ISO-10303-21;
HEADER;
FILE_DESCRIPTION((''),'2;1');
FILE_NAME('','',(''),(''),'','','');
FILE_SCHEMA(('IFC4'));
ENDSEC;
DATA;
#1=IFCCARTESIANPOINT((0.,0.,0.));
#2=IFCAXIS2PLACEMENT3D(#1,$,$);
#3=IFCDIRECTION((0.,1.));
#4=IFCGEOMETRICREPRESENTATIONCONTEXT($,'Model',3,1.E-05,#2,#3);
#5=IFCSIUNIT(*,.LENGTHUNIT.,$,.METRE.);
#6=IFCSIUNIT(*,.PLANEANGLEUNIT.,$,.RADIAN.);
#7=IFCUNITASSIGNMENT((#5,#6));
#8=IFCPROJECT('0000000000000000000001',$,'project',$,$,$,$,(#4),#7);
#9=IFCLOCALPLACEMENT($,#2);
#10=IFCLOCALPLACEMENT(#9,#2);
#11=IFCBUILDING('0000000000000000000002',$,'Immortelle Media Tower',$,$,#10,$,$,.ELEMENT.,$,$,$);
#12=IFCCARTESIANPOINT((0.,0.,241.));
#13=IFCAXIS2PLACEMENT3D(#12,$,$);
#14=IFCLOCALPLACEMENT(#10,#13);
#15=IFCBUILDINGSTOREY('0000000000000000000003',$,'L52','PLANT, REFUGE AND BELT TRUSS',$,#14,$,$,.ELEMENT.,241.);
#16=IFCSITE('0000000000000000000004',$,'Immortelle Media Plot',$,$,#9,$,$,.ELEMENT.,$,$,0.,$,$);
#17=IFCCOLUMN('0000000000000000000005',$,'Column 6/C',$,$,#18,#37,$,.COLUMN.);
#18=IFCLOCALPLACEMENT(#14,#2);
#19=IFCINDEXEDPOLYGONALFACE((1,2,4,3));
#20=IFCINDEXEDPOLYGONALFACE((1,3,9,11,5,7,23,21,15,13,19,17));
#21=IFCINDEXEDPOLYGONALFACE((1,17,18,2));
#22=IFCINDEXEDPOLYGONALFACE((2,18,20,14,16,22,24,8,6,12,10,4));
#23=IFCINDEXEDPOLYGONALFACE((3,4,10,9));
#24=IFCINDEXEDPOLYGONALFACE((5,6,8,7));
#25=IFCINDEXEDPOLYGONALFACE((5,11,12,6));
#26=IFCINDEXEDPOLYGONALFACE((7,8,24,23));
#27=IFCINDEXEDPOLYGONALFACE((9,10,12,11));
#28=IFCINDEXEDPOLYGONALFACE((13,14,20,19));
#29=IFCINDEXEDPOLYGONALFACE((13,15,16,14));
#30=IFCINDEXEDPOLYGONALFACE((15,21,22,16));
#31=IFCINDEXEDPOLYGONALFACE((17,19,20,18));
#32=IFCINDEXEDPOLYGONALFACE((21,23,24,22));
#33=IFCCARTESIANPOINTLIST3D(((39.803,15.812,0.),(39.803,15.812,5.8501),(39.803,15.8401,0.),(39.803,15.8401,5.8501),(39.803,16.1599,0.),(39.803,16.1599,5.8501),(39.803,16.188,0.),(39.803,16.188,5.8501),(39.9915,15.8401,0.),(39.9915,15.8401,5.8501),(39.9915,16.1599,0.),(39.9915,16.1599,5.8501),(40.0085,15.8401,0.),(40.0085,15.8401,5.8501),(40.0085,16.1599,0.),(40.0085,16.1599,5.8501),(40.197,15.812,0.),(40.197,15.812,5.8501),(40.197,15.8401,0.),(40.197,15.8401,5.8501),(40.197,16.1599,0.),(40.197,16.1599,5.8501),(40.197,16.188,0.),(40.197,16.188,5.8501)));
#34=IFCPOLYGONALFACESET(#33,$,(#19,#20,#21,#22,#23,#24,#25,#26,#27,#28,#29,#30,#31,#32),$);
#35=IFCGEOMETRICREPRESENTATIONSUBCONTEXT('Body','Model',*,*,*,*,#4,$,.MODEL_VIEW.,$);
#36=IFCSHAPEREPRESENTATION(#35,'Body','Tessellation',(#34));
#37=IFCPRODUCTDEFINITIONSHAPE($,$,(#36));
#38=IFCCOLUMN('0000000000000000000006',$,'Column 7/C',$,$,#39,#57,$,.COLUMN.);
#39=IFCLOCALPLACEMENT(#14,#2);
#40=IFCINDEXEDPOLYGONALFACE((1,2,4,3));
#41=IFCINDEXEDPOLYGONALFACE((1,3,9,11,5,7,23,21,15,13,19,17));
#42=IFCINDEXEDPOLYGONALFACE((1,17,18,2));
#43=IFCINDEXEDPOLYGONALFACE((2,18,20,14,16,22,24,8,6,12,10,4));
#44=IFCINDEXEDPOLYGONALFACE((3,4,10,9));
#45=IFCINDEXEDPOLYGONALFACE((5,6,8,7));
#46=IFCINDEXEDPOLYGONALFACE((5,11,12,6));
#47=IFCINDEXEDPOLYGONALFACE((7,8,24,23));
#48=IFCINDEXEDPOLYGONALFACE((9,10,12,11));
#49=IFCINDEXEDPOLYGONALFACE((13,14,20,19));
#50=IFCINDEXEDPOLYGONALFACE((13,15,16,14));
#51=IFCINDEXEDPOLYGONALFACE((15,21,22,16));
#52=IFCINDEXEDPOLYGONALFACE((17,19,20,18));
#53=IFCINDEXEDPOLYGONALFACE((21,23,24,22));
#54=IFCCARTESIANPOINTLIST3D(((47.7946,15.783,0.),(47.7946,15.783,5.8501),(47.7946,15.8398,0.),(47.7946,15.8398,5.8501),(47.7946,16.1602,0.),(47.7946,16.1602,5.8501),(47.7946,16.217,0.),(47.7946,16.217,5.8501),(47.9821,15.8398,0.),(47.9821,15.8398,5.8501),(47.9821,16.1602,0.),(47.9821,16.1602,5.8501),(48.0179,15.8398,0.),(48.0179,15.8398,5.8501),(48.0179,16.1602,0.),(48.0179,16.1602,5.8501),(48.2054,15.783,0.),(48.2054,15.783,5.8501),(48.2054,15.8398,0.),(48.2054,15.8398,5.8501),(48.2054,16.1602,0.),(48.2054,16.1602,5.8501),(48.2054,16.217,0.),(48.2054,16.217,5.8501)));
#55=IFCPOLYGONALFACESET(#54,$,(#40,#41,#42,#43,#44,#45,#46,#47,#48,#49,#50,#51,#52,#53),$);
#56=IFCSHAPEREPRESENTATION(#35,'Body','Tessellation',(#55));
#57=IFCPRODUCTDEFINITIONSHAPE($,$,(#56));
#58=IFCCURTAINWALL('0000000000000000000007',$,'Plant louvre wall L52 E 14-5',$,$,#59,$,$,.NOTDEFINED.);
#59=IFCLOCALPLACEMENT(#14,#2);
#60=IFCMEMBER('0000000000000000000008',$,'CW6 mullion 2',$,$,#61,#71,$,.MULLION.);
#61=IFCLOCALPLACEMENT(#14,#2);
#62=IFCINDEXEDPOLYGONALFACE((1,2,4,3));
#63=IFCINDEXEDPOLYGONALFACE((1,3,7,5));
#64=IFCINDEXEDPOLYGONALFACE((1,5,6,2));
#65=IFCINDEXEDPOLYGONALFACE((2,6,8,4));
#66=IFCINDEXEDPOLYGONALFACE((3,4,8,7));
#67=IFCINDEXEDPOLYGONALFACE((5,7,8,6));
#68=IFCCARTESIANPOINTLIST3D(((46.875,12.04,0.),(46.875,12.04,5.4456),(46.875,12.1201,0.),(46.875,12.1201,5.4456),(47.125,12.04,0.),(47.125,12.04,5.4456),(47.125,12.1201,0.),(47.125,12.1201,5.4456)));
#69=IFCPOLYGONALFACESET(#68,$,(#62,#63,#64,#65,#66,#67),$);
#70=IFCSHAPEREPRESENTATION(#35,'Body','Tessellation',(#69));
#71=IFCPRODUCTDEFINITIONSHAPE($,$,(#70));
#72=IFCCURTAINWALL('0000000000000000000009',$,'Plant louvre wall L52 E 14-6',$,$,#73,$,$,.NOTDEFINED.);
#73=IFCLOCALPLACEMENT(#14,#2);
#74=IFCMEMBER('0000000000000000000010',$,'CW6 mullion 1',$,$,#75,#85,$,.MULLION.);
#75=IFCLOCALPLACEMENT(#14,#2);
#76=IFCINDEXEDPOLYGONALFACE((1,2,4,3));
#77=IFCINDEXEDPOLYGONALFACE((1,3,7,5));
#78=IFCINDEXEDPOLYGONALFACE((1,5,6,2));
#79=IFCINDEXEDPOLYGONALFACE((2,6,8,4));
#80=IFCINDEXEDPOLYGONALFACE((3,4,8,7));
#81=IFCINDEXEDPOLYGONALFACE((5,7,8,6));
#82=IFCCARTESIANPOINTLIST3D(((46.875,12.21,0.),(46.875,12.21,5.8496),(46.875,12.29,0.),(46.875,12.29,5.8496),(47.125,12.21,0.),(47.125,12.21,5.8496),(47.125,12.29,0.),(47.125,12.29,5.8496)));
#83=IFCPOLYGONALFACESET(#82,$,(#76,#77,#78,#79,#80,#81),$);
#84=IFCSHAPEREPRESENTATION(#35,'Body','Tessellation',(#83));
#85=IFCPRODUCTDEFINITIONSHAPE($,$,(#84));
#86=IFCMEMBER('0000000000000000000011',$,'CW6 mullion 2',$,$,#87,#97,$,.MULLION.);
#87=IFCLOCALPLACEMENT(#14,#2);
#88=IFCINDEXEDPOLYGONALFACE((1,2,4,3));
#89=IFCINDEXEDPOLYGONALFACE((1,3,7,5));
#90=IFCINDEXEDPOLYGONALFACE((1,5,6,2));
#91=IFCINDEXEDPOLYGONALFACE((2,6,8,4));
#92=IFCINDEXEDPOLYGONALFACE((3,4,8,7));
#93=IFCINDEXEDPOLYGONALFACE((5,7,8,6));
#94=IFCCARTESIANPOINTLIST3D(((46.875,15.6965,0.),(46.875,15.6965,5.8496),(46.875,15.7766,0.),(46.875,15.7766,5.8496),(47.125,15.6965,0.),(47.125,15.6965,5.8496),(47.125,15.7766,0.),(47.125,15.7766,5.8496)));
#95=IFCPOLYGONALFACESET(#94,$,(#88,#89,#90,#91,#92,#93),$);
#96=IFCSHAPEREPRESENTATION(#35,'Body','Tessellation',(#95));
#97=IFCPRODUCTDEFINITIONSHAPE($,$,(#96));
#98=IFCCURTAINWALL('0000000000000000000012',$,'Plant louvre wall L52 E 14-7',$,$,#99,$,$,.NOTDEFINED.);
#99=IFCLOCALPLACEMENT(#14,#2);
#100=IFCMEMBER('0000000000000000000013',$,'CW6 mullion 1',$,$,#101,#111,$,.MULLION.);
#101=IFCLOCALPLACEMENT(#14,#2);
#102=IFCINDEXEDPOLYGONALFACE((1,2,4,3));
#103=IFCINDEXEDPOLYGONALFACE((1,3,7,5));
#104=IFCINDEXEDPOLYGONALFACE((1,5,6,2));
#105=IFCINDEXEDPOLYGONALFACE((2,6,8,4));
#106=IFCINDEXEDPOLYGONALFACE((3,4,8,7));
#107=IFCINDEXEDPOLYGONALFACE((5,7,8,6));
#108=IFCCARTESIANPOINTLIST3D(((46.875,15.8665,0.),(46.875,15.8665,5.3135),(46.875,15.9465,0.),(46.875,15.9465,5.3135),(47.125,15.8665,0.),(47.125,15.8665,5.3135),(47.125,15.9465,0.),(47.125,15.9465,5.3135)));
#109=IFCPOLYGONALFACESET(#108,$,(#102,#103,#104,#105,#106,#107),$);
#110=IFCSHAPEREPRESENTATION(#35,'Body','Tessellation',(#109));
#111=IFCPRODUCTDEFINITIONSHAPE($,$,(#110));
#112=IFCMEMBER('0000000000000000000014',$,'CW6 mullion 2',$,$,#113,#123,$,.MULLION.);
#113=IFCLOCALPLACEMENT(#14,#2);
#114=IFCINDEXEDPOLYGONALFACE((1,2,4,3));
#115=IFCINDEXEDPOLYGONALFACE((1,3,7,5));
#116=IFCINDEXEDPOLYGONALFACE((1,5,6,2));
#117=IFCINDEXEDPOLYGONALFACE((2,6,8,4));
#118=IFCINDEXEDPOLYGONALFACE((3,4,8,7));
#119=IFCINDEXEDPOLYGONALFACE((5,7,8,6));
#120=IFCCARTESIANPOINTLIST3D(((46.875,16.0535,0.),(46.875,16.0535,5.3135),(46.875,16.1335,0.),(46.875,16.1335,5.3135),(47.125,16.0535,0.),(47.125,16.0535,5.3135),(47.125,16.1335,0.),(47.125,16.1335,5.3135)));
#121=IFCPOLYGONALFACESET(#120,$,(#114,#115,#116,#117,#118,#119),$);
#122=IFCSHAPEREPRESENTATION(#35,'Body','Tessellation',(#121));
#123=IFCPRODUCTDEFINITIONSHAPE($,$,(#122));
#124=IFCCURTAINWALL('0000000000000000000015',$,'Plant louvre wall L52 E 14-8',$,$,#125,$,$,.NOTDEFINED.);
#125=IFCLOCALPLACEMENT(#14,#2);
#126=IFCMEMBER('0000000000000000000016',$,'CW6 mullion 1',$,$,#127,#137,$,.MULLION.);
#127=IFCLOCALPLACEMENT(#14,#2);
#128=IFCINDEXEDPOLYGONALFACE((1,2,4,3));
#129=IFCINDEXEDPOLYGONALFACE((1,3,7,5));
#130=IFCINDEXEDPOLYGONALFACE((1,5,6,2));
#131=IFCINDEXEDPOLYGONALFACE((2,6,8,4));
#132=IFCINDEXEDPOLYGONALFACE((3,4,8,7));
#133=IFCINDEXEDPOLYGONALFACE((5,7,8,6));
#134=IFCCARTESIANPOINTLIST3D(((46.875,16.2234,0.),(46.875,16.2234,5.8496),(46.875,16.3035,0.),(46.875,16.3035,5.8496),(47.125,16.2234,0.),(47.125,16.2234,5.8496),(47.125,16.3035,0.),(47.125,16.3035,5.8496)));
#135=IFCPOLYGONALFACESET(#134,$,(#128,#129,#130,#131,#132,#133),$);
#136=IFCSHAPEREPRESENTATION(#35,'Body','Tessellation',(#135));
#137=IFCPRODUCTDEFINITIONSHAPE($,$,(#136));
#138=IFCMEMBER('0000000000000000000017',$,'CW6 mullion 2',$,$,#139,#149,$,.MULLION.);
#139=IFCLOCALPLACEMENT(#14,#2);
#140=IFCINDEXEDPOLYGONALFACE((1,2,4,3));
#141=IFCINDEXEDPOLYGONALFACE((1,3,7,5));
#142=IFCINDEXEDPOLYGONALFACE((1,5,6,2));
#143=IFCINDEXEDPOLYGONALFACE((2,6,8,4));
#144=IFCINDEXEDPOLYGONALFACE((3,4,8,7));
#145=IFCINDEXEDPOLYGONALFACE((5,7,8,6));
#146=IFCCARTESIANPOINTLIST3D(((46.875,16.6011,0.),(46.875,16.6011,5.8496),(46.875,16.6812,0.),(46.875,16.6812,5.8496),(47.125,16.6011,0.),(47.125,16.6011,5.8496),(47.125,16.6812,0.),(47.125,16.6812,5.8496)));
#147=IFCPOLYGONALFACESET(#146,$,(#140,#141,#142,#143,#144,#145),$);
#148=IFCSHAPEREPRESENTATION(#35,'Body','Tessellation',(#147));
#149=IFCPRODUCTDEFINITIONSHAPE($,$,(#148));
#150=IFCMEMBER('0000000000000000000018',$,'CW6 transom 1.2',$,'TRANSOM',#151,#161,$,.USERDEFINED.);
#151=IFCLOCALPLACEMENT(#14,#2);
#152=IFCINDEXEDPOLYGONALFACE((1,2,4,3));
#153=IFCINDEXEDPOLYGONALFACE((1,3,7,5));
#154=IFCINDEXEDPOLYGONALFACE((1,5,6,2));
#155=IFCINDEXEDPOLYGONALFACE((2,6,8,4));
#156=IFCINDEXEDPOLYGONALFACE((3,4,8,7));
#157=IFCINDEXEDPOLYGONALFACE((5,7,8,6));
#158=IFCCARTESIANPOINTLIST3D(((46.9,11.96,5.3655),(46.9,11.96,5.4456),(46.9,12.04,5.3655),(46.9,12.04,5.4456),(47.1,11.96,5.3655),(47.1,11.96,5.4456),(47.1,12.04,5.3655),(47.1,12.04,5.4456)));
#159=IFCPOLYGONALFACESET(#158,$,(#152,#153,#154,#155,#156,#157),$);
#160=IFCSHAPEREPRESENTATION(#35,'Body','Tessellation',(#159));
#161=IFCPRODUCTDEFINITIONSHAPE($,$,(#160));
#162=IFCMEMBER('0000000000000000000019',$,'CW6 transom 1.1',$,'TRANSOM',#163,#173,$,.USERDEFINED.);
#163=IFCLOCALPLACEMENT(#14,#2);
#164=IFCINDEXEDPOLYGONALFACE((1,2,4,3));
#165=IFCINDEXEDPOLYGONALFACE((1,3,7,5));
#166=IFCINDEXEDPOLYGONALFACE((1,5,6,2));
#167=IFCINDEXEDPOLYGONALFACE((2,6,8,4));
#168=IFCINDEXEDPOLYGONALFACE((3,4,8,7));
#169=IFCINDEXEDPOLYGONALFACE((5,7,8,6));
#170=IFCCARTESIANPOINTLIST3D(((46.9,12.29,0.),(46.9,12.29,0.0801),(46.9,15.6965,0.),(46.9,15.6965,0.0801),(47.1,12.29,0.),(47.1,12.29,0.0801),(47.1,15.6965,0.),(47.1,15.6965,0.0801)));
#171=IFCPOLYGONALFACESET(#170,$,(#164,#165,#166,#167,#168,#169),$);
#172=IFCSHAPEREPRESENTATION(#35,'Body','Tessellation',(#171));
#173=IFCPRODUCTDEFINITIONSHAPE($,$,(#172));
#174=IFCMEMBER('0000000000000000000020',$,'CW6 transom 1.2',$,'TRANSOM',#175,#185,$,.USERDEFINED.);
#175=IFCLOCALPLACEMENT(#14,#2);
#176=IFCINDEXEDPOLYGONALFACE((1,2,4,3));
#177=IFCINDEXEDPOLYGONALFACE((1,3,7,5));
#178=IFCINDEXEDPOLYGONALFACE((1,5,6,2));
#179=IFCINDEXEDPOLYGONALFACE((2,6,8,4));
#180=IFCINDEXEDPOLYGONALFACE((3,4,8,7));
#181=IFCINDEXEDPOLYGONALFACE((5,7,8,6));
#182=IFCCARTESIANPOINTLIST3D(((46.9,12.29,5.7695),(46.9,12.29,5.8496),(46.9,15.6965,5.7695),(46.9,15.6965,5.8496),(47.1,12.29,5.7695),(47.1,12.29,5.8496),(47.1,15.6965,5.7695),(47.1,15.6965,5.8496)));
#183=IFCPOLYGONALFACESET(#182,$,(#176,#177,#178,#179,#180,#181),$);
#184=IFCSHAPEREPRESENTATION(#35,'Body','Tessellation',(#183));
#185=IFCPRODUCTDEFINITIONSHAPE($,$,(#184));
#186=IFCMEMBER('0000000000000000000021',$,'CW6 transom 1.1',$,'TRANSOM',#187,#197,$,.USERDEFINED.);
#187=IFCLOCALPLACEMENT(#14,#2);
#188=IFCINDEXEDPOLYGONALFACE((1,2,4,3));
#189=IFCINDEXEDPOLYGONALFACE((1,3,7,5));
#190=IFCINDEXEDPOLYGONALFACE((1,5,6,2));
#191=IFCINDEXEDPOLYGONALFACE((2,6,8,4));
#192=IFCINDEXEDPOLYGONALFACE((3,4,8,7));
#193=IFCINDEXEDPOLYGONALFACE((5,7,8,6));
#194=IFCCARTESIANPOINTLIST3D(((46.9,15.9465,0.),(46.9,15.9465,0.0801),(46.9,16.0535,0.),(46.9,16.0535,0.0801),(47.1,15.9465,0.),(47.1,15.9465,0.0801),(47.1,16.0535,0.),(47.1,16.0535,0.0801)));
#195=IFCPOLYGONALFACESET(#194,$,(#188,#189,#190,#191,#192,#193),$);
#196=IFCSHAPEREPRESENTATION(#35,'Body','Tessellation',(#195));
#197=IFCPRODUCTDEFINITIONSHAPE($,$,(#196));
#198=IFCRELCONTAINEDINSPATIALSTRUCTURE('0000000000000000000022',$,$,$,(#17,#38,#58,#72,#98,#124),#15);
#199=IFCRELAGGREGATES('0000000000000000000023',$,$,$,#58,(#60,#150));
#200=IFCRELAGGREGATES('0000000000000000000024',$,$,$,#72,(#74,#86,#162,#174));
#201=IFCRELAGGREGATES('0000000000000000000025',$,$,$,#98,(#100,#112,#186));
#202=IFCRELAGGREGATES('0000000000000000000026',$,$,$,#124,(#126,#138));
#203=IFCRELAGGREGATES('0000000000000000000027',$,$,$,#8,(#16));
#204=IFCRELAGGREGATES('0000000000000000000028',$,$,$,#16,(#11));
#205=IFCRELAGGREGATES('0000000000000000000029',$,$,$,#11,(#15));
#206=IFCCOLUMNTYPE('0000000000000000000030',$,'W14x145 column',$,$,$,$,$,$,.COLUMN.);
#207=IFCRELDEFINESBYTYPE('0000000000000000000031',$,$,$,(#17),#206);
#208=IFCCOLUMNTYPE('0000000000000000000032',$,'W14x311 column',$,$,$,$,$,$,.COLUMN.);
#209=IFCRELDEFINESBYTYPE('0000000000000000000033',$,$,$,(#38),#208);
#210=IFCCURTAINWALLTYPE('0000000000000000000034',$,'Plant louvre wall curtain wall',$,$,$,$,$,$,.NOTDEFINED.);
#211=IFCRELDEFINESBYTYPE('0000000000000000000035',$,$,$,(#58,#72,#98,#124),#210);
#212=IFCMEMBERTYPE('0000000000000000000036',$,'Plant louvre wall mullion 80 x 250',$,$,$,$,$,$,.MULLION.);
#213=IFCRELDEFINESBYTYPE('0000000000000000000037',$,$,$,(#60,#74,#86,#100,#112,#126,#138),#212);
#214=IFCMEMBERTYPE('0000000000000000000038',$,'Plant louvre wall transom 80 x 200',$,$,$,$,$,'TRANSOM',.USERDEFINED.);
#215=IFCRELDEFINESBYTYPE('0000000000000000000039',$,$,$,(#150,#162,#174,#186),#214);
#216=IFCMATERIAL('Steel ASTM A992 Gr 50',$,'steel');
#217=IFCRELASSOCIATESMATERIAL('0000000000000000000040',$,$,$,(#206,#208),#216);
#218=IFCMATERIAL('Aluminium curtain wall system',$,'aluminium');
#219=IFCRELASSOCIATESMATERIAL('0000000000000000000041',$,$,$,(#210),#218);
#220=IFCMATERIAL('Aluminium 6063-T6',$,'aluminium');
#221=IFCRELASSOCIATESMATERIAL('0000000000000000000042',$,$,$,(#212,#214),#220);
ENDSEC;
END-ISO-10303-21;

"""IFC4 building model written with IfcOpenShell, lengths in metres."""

from ifc_helpers import new_model, si_unit, direction, frame, origin, origin_2d, place, context, subcontext, project, spatial, rectangle, i_section, extrude, material, material_profile, profile_set, type_object, element, aggregate, save


model = new_model("IFC4")

# Units and contexts
model_context = context("Model", 3, precision=1e-05, world=origin(), true_north=direction((0.0, 1.0)))
body_context = subcontext(model_context, "Body", "Model", "MODEL_VIEW")
ifc_project = project(units=[si_unit("LENGTHUNIT", "METRE"), si_unit("PLANEANGLEUNIT", "RADIAN")], contexts=[model_context])

# Site, building, storey
site_placement = place(None, origin())
site = spatial("IfcSite", under=ifc_project, at=site_placement, Name="Immortelle Media Plot", CompositionType="ELEMENT", RefElevation=0.0)
building_placement = place(site_placement, origin())
building = spatial("IfcBuilding", under=site, at=building_placement, Name="Immortelle Media Tower", CompositionType="ELEMENT")
storey_placement = place(building_placement, frame((0.0, 0.0, 241.0)))
storey = spatial("IfcBuildingStorey", under=building, at=storey_placement, Name="L52", Description="PLANT, REFUGE AND BELT TRUSS", CompositionType="ELEMENT", Elevation=241.0)

# Columns
ifc_material_1 = material(Name="Steel ASTM A992 Gr 50", Category="steel")
ifc_material_profile_1 = material_profile(ifc_material_1, i_section(OverallWidth=0.394, OverallDepth=0.376, WebThickness=0.0171, FlangeThickness=0.0281, at=origin_2d()), Name="W14x145")
ifc_profile_set_1 = profile_set([ifc_material_profile_1], Name="Steel ASTM A992 Gr 50")
column_type_1 = type_object("IfcColumnType", Name="W14x145 column", PredefinedType="COLUMN", material=ifc_profile_set_1)
column_1_placement = place(storey_placement, frame((40.0, 16.0, 0.0), z_axis=(0.0, 0.0, 1.0), x_axis=(1.0, 0.0, 0.0)))
element("IfcColumn", 1, at=column_1_placement, inside=storey, type_object=column_type_1, Name="Column 6/C", PredefinedType="COLUMN", context=body_context, shape_type="SweptSolid", body=[
    extrude(i_section(OverallWidth=0.394, OverallDepth=0.376, WebThickness=0.0171, FlangeThickness=0.0281, at=origin_2d()), origin(), (0.0, 0.0, 1.0), 5.8501),
])
ifc_material_profile_2 = material_profile(ifc_material_1, i_section(OverallWidth=0.4109, OverallDepth=0.4341, WebThickness=0.0359, FlangeThickness=0.0569, at=origin_2d()), Name="W14x311")
ifc_profile_set_2 = profile_set([ifc_material_profile_2], Name="Steel ASTM A992 Gr 50")
column_type_2 = type_object("IfcColumnType", Name="W14x311 column", PredefinedType="COLUMN", material=ifc_profile_set_2)
column_2_placement = place(storey_placement, frame((48.0, 16.0, 0.0), z_axis=(0.0, 0.0, 1.0), x_axis=(1.0, 0.0, 0.0)))
element("IfcColumn", 2, at=column_2_placement, inside=storey, type_object=column_type_2, Name="Column 7/C", PredefinedType="COLUMN", context=body_context, shape_type="SweptSolid", body=[
    extrude(i_section(OverallWidth=0.4109, OverallDepth=0.4341, WebThickness=0.0359, FlangeThickness=0.0569, at=origin_2d()), origin(), (0.0, 0.0, 1.0), 5.8501),
])

# Curtain wall, member
ifc_material_2 = material(Name="Aluminium curtain wall system", Category="aluminium")
curtain_wall_type = type_object("IfcCurtainWallType", Name="Plant louvre wall curtain wall", PredefinedType="NOTDEFINED", material=ifc_material_2)
curtain_wall_1_placement = place(storey_placement, origin())
curtain_wall_1 = element("IfcCurtainWall", 3, at=curtain_wall_1_placement, inside=storey, type_object=curtain_wall_type, Name="Plant louvre wall L52 E 14-5", PredefinedType="NOTDEFINED")
ifc_material_3 = material(Name="Aluminium 6063-T6", Category="aluminium")
ifc_material_profile_3 = material_profile(ifc_material_3, rectangle(XDim=0.25, YDim=0.0801, at=origin_2d()), Name="AL 80x250")
ifc_profile_set_3 = profile_set([ifc_material_profile_3], Name="Aluminium 6063-T6")
member_type_1 = type_object("IfcMemberType", Name="Plant louvre wall mullion 80 x 250", PredefinedType="MULLION", material=ifc_profile_set_3)
member_1_placement = place(storey_placement, frame((47.0, 12.0801, 0.0), z_axis=(0.0, 0.0, 1.0), x_axis=(-1.0, 0.0, 0.0)))
member_1 = element("IfcMember", 4, at=member_1_placement, type_object=member_type_1, Name="CW6 mullion 2", PredefinedType="MULLION", context=body_context, shape_type="SweptSolid", body=[
    extrude(rectangle(XDim=0.25, YDim=0.0801, at=origin_2d()), origin(), (0.0, 0.0, 1.0), 5.4456),
])

# Curtain walls, members
curtain_wall_2_placement = place(storey_placement, origin())
curtain_wall_2 = element("IfcCurtainWall", 5, at=curtain_wall_2_placement, inside=storey, type_object=curtain_wall_type, Name="Plant louvre wall L52 E 14-6", PredefinedType="NOTDEFINED")
member_2_placement = place(storey_placement, frame((47.0, 12.25, 0.0), z_axis=(0.0, 0.0, 1.0), x_axis=(-1.0, 0.0, 0.0)))
member_2 = element("IfcMember", 6, at=member_2_placement, type_object=member_type_1, Name="CW6 mullion 1", PredefinedType="MULLION", context=body_context, shape_type="SweptSolid", body=[
    extrude(rectangle(XDim=0.25, YDim=0.0801, at=origin_2d()), origin(), (0.0, 0.0, 1.0), 5.8496),
])
member_3_placement = place(storey_placement, frame((47.0, 15.7366, 0.0), z_axis=(0.0, 0.0, 1.0), x_axis=(-1.0, 0.0, 0.0)))
member_3 = element("IfcMember", 7, at=member_3_placement, type_object=member_type_1, Name="CW6 mullion 2", PredefinedType="MULLION", context=body_context, shape_type="SweptSolid", body=[
    extrude(rectangle(XDim=0.25, YDim=0.0801, at=origin_2d()), origin(), (0.0, 0.0, 1.0), 5.8496),
])
curtain_wall_3_placement = place(storey_placement, origin())
curtain_wall_3 = element("IfcCurtainWall", 8, at=curtain_wall_3_placement, inside=storey, type_object=curtain_wall_type, Name="Plant louvre wall L52 E 14-7", PredefinedType="NOTDEFINED")
member_4_placement = place(storey_placement, frame((47.0, 15.9065, 0.0), z_axis=(0.0, 0.0, 1.0), x_axis=(-1.0, 0.0, 0.0)))
member_4 = element("IfcMember", 9, at=member_4_placement, type_object=member_type_1, Name="CW6 mullion 1", PredefinedType="MULLION", context=body_context, shape_type="SweptSolid", body=[
    extrude(rectangle(XDim=0.25, YDim=0.0801, at=origin_2d()), origin(), (0.0, 0.0, 1.0), 5.3135),
])
member_5_placement = place(storey_placement, frame((47.0, 16.0935, 0.0), z_axis=(0.0, 0.0, 1.0), x_axis=(-1.0, 0.0, 0.0)))
member_5 = element("IfcMember", 10, at=member_5_placement, type_object=member_type_1, Name="CW6 mullion 2", PredefinedType="MULLION", context=body_context, shape_type="SweptSolid", body=[
    extrude(rectangle(XDim=0.25, YDim=0.0801, at=origin_2d()), origin(), (0.0, 0.0, 1.0), 5.3135),
])
curtain_wall_4_placement = place(storey_placement, origin())
curtain_wall_4 = element("IfcCurtainWall", 11, at=curtain_wall_4_placement, inside=storey, type_object=curtain_wall_type, Name="Plant louvre wall L52 E 14-8", PredefinedType="NOTDEFINED")
member_6_placement = place(storey_placement, frame((47.0, 16.2634, 0.0), z_axis=(0.0, 0.0, 1.0), x_axis=(-1.0, 0.0, 0.0)))
member_6 = element("IfcMember", 12, at=member_6_placement, type_object=member_type_1, Name="CW6 mullion 1", PredefinedType="MULLION", context=body_context, shape_type="SweptSolid", body=[
    extrude(rectangle(XDim=0.25, YDim=0.0801, at=origin_2d()), origin(), (0.0, 0.0, 1.0), 5.8496),
])
member_7_placement = place(storey_placement, frame((47.0, 16.6411, 0.0), z_axis=(0.0, 0.0, 1.0), x_axis=(-1.0, 0.0, 0.0)))
member_7 = element("IfcMember", 13, at=member_7_placement, type_object=member_type_1, Name="CW6 mullion 2", PredefinedType="MULLION", context=body_context, shape_type="SweptSolid", body=[
    extrude(rectangle(XDim=0.25, YDim=0.0801, at=origin_2d()), origin(), (0.0, 0.0, 1.0), 5.8496),
])

# Members
ifc_material_profile_4 = material_profile(ifc_material_3, rectangle(XDim=0.2, YDim=0.0801, at=origin_2d()), Name="AL 80x200")
ifc_profile_set_4 = profile_set([ifc_material_profile_4], Name="Aluminium 6063-T6")
member_type_2 = type_object("IfcMemberType", Name="Plant louvre wall transom 80 x 200", ElementType="TRANSOM", PredefinedType="USERDEFINED", material=ifc_profile_set_4)
member_8_placement = place(storey_placement, frame((47.0, 11.96, 5.4055), z_axis=(0.0, 1.0, 0.0), x_axis=(-1.0, 0.0, 0.0)))
member_8 = element("IfcMember", 14, at=member_8_placement, type_object=member_type_2, Name="CW6 transom 1.2", ObjectType="TRANSOM", PredefinedType="USERDEFINED", context=body_context, shape_type="SweptSolid", body=[
    extrude(rectangle(XDim=0.2, YDim=0.0801, at=origin_2d()), origin(), (0.0, 0.0, 1.0), 0.0801),
])
member_9_placement = place(storey_placement, frame((47.0, 12.29, 0.04), z_axis=(0.0, 1.0, 0.0), x_axis=(-1.0, 0.0, 0.0)))
member_9 = element("IfcMember", 15, at=member_9_placement, type_object=member_type_2, Name="CW6 transom 1.1", ObjectType="TRANSOM", PredefinedType="USERDEFINED", context=body_context, shape_type="SweptSolid", body=[
    extrude(rectangle(XDim=0.2, YDim=0.0801, at=origin_2d()), origin(), (0.0, 0.0, 1.0), 3.4065),
])
member_10_placement = place(storey_placement, frame((47.0, 12.29, 5.8096), z_axis=(0.0, 1.0, 0.0), x_axis=(-1.0, 0.0, 0.0)))
member_10 = element("IfcMember", 16, at=member_10_placement, type_object=member_type_2, Name="CW6 transom 1.2", ObjectType="TRANSOM", PredefinedType="USERDEFINED", context=body_context, shape_type="SweptSolid", body=[
    extrude(rectangle(XDim=0.2, YDim=0.0801, at=origin_2d()), origin(), (0.0, 0.0, 1.0), 3.4065),
])
member_11_placement = place(storey_placement, frame((47.0, 15.9465, 0.04), z_axis=(0.0, 1.0, 0.0), x_axis=(-1.0, 0.0, 0.0)))
member_11 = element("IfcMember", 17, at=member_11_placement, type_object=member_type_2, Name="CW6 transom 1.1", ObjectType="TRANSOM", PredefinedType="USERDEFINED", context=body_context, shape_type="SweptSolid", body=[
    extrude(rectangle(XDim=0.2, YDim=0.0801, at=origin_2d()), origin(), (0.0, 0.0, 1.0), 0.1069),
])

aggregate(curtain_wall_1, [member_1, member_8])
aggregate(curtain_wall_2, [member_2, member_3, member_9, member_10])
aggregate(curtain_wall_3, [member_4, member_5, member_11])
aggregate(curtain_wall_4, [member_6, member_7])

save(model, "model.ifc")
